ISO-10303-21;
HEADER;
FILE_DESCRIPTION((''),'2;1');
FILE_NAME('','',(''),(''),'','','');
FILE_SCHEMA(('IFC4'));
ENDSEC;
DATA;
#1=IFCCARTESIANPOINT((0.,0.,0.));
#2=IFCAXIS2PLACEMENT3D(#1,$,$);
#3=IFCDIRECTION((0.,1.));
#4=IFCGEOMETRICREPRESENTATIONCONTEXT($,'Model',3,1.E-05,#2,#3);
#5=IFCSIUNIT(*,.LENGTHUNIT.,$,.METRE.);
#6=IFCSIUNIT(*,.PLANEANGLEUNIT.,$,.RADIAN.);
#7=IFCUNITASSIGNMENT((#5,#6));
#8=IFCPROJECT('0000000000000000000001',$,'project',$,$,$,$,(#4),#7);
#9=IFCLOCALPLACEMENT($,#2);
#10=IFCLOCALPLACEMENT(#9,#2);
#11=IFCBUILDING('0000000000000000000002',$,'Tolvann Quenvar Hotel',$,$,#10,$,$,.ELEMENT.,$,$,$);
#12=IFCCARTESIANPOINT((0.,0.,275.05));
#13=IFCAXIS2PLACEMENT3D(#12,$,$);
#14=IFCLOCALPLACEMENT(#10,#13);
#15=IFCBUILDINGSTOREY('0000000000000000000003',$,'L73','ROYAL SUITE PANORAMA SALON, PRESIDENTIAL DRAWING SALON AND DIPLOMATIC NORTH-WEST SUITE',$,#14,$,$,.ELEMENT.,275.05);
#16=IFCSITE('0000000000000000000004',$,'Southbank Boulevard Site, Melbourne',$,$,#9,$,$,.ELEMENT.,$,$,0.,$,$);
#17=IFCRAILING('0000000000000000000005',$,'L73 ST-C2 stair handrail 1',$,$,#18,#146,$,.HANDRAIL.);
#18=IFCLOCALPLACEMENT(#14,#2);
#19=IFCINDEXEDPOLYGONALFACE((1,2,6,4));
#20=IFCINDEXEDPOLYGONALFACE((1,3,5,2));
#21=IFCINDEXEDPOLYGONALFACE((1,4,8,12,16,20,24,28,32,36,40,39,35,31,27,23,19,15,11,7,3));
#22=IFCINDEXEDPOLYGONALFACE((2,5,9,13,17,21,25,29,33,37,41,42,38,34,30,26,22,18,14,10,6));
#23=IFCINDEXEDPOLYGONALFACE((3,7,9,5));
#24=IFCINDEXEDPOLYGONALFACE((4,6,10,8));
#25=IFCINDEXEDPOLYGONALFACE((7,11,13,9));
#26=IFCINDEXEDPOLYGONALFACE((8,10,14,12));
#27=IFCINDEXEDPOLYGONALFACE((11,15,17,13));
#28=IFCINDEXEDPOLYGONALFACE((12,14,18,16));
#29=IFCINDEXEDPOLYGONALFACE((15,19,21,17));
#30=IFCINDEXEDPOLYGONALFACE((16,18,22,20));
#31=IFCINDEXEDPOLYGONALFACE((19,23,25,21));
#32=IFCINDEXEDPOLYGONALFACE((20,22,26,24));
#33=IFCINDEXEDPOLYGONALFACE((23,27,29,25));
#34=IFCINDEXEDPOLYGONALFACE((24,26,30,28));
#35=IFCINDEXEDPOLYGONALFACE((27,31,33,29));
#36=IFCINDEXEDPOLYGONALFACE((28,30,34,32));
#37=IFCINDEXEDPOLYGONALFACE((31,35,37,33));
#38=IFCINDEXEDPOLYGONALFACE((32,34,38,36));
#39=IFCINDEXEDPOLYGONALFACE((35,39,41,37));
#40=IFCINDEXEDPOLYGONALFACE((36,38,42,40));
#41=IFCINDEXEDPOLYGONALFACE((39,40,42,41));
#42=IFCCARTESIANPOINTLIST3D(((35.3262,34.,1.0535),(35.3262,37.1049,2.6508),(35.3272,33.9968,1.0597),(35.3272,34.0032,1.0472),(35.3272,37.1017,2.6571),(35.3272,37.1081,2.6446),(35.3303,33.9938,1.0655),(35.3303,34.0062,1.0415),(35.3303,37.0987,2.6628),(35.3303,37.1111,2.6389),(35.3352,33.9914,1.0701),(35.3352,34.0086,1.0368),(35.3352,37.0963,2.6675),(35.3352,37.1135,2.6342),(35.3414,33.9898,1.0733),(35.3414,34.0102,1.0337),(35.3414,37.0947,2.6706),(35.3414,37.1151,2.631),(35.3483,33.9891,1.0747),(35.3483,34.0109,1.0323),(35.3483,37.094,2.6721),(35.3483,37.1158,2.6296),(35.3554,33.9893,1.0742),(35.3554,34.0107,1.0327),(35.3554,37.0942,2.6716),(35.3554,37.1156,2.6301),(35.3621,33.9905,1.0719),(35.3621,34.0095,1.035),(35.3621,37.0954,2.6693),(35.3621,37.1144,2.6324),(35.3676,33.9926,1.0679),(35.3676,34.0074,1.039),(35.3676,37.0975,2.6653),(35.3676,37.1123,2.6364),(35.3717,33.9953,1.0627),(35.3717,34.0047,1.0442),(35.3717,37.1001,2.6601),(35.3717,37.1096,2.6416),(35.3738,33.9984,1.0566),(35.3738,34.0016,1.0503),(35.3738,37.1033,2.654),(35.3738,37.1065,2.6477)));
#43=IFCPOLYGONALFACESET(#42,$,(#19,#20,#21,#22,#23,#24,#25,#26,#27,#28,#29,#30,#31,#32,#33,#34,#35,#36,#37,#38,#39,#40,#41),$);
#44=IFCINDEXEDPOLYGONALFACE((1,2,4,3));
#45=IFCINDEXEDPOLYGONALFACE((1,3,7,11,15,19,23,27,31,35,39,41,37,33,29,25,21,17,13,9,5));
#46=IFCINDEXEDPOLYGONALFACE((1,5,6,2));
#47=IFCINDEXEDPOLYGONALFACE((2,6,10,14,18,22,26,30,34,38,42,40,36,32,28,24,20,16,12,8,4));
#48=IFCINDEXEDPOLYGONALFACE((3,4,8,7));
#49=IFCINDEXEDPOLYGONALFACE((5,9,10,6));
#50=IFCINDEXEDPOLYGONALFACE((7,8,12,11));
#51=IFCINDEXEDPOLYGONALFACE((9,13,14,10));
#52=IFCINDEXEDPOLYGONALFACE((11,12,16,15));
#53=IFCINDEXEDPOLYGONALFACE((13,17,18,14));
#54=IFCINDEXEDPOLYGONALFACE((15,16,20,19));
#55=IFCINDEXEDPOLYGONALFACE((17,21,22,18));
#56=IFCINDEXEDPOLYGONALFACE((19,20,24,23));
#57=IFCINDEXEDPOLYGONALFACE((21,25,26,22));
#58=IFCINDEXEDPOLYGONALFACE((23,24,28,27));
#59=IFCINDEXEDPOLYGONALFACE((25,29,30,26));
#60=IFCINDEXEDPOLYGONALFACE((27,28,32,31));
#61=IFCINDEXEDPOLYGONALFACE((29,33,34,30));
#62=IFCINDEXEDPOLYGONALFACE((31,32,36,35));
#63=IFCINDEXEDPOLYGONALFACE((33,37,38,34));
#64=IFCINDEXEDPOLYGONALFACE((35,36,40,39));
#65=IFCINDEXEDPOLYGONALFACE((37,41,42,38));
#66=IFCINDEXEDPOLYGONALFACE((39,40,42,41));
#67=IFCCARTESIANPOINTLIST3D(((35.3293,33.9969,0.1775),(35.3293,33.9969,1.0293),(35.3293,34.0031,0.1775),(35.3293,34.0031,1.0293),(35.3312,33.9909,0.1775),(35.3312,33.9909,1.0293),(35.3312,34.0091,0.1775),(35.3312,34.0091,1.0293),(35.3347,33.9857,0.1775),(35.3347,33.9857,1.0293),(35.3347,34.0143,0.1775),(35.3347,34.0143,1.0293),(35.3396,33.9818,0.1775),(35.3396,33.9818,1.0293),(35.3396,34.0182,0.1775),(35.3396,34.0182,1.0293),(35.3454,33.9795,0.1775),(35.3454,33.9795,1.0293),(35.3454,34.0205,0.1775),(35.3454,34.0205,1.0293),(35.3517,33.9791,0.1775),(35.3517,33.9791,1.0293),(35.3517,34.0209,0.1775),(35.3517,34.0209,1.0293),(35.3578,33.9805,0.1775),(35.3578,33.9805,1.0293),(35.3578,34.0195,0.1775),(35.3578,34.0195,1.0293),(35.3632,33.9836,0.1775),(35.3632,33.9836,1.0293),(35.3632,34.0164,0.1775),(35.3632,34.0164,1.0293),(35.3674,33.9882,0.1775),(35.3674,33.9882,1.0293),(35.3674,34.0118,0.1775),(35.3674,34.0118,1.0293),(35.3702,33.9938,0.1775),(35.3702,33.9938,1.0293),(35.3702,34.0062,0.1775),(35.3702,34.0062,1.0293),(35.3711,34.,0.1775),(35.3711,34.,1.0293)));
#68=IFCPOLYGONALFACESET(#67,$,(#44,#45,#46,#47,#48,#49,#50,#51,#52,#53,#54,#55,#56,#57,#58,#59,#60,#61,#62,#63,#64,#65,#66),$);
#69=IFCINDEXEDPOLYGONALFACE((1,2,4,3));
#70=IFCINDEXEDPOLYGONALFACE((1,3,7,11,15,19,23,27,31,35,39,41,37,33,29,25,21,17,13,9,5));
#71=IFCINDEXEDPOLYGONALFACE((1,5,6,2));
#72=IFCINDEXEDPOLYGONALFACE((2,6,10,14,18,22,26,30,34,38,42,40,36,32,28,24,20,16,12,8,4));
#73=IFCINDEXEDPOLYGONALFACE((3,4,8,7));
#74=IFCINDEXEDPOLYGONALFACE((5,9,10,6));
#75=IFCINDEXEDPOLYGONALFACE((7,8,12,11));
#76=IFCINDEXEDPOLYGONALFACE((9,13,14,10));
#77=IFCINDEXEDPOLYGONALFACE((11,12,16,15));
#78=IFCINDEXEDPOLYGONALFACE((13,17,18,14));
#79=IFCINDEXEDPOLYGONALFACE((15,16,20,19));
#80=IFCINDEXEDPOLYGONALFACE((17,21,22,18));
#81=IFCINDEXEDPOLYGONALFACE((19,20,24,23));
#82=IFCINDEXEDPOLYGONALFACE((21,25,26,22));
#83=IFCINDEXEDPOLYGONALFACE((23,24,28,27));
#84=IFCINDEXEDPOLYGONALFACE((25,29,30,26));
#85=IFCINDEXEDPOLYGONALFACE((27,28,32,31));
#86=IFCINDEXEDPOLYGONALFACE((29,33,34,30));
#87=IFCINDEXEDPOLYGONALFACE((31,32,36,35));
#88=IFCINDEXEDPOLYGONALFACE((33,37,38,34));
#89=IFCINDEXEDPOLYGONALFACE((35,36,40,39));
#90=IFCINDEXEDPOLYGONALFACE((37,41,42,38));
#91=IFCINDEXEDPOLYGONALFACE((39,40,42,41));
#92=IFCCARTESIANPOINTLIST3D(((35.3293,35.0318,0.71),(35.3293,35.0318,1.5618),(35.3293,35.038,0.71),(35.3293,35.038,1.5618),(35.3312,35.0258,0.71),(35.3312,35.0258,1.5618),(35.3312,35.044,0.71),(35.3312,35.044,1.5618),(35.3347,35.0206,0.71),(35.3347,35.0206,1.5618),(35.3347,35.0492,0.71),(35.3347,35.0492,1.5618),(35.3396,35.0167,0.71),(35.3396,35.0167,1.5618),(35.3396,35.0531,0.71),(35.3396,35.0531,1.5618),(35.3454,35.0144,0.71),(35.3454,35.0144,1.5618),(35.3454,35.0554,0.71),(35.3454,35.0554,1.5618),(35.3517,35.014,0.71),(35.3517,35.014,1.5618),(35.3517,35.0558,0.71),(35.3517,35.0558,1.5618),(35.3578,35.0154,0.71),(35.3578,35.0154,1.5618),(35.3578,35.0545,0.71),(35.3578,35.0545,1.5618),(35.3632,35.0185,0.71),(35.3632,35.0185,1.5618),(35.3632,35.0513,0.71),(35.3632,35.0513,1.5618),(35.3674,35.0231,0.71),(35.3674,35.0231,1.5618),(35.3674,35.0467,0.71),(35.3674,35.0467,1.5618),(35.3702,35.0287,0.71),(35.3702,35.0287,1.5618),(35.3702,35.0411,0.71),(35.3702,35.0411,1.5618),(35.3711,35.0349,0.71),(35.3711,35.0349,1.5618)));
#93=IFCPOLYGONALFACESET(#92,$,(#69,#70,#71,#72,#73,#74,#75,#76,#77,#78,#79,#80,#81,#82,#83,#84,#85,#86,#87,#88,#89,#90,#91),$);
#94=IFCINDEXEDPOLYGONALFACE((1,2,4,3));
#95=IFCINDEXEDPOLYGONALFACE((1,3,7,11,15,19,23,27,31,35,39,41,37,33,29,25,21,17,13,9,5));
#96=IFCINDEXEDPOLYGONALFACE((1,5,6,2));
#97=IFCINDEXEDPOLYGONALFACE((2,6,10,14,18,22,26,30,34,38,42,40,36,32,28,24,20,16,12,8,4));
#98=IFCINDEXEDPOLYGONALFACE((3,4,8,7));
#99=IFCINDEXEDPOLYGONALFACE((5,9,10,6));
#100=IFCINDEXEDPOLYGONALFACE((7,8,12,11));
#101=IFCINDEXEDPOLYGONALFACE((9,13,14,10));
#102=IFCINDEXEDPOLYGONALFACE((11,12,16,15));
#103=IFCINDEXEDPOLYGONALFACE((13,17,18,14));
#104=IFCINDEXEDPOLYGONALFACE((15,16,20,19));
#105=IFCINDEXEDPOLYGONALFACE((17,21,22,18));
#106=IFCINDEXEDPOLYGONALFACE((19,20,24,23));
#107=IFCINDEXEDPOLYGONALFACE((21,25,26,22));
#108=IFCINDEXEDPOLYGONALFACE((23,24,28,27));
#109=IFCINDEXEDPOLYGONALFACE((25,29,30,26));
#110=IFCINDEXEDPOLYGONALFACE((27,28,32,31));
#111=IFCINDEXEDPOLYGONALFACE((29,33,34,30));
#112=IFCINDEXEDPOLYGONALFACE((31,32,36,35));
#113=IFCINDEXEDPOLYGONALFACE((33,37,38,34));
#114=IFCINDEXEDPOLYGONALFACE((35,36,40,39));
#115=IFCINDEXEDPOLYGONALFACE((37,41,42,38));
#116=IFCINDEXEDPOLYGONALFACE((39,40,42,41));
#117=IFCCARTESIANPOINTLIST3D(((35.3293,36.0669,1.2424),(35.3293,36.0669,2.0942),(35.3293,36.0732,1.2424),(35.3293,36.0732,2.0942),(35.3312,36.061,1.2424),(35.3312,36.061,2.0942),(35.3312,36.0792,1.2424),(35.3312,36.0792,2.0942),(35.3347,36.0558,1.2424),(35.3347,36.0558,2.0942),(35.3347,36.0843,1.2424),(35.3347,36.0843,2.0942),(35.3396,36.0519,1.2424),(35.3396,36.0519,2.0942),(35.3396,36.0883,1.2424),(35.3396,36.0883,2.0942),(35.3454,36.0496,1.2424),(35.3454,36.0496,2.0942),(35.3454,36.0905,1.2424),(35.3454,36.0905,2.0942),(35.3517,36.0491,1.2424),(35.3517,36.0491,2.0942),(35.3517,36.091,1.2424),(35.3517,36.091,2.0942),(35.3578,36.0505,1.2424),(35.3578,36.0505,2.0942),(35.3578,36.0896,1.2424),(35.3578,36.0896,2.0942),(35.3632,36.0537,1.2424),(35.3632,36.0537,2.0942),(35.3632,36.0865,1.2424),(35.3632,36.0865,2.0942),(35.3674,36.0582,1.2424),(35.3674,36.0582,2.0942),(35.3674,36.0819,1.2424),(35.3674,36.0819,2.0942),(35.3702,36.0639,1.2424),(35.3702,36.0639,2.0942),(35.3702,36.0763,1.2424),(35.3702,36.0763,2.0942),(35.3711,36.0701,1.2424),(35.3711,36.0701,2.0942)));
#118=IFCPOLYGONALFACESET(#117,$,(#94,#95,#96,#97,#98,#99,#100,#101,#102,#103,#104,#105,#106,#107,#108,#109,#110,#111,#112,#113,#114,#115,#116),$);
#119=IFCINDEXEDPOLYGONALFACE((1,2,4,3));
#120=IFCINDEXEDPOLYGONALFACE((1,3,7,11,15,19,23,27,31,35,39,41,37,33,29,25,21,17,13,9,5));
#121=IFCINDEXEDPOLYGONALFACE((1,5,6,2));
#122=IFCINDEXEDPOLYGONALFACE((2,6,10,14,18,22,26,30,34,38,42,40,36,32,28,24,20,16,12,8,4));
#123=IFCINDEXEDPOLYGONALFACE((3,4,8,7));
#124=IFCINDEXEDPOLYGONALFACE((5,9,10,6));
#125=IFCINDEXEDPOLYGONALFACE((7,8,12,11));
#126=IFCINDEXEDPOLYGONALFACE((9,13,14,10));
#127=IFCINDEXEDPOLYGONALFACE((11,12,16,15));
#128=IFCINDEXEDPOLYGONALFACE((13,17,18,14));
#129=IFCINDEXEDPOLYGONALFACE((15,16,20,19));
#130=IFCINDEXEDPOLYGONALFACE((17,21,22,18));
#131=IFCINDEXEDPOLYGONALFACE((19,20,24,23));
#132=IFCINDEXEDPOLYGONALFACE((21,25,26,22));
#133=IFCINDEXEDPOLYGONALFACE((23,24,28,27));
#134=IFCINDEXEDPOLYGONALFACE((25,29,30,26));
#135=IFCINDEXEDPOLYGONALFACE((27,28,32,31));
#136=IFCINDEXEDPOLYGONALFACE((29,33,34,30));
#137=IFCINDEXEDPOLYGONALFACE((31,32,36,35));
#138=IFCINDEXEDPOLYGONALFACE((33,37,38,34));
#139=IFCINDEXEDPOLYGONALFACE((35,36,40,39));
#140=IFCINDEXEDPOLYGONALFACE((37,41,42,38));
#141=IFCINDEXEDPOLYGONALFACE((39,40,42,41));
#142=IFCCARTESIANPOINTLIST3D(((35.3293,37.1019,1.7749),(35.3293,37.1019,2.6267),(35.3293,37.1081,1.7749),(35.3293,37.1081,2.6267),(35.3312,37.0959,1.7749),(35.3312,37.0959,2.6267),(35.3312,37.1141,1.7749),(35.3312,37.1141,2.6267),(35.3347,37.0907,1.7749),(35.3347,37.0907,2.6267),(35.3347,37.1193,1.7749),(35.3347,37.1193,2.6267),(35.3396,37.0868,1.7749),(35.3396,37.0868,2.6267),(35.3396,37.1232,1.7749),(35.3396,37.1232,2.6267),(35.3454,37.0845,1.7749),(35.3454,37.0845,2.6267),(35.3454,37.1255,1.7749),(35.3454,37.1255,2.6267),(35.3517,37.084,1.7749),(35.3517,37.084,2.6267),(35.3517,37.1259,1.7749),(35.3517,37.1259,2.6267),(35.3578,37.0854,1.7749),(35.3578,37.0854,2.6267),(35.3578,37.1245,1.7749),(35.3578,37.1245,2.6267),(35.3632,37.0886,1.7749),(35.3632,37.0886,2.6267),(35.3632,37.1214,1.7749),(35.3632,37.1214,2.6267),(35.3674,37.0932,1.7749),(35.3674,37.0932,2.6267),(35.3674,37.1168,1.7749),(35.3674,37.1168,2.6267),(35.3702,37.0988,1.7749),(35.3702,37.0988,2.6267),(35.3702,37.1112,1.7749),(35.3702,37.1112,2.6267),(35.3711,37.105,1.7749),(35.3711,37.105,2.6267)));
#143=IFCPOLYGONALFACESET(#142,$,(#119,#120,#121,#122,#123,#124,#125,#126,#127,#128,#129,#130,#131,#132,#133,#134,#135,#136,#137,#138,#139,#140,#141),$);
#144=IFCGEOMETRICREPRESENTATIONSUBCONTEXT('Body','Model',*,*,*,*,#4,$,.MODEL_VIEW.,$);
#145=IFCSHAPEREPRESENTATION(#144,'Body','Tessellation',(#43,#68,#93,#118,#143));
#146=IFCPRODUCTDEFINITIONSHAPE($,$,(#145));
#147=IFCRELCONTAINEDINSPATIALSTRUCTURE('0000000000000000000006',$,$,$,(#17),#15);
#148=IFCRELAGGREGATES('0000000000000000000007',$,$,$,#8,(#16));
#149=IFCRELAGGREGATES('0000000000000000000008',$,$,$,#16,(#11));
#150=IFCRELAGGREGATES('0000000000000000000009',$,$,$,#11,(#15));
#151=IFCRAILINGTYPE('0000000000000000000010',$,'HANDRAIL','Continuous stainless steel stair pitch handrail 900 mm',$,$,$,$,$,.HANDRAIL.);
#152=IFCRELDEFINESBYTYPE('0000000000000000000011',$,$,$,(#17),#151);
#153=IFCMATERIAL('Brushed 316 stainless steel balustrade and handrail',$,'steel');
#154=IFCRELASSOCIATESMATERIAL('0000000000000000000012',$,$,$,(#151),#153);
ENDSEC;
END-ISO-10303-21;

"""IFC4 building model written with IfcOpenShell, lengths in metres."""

from ifc_helpers import new_model, si_unit, direction, frame, origin, origin_2d, place, context, subcontext, project, spatial, circle, extrude, material, type_object, element, save


model = new_model("IFC4")

# Units and contexts
model_context = context("Model", 3, precision=1e-05, world=origin(), true_north=direction((0.0, 1.0)))
body_context = subcontext(model_context, "Body", "Model", "MODEL_VIEW")
ifc_project = project(units=[si_unit("LENGTHUNIT", "METRE"), si_unit("PLANEANGLEUNIT", "RADIAN")], contexts=[model_context])

# Site, building, storey
site_placement = place(None, origin())
site = spatial("IfcSite", under=ifc_project, at=site_placement, Name="Southbank Boulevard Site, Melbourne", CompositionType="ELEMENT", RefElevation=0.0)
building_placement = place(site_placement, origin())
building = spatial("IfcBuilding", under=site, at=building_placement, Name="Tolvann Quenvar Hotel", CompositionType="ELEMENT")
storey_placement = place(building_placement, frame((0.0, 0.0, 275.05)))
storey = spatial("IfcBuildingStorey", under=building, at=storey_placement, Name="L73", Description="ROYAL SUITE PANORAMA SALON, PRESIDENTIAL DRAWING SALON AND DIPLOMATIC NORTH-WEST SUITE", CompositionType="ELEMENT", Elevation=275.05)

# Railing
ifc_material_1 = material(Name="Brushed 316 stainless steel balustrade and handrail", Category="steel")
railing_type_1 = type_object("IfcRailingType", Name="HANDRAIL", Description="Continuous stainless steel stair pitch handrail 900 mm", PredefinedType="HANDRAIL", material=ifc_material_1)
railing_1_placement = place(storey_placement, frame((35.3501, 34.0, 0.1775)))
element("IfcRailing", 1, at=railing_1_placement, inside=storey, type_object=railing_type_1, Name="L73 ST-C2 stair handrail 1", PredefinedType="HANDRAIL", context=body_context, shape_type="SweptSolid", body=[
    extrude(circle(Radius=0.0239, at=origin_2d()), frame((0.0, 0.0, 0.876), z_axis=(0.0, 0.889222, 0.457476), x_axis=(-1.0, 0.0, 0.0)), (0.0, 0.0, 1.0), 3.4917),
    extrude(circle(Radius=0.021, at=origin_2d()), origin(), (0.0, 0.0, 1.0), 0.8518),
    extrude(circle(Radius=0.021, at=origin_2d()), frame((0.0, 1.0349, 0.5325)), (0.0, 0.0, 1.0), 0.8518),
    extrude(circle(Radius=0.021, at=origin_2d()), frame((0.0, 2.0701, 1.0649)), (0.0, 0.0, 1.0), 0.8518),
    extrude(circle(Radius=0.021, at=origin_2d()), frame((0.0, 3.105, 1.5974)), (0.0, 0.0, 1.0), 0.8518),
])

save(model, "model.ifc")
